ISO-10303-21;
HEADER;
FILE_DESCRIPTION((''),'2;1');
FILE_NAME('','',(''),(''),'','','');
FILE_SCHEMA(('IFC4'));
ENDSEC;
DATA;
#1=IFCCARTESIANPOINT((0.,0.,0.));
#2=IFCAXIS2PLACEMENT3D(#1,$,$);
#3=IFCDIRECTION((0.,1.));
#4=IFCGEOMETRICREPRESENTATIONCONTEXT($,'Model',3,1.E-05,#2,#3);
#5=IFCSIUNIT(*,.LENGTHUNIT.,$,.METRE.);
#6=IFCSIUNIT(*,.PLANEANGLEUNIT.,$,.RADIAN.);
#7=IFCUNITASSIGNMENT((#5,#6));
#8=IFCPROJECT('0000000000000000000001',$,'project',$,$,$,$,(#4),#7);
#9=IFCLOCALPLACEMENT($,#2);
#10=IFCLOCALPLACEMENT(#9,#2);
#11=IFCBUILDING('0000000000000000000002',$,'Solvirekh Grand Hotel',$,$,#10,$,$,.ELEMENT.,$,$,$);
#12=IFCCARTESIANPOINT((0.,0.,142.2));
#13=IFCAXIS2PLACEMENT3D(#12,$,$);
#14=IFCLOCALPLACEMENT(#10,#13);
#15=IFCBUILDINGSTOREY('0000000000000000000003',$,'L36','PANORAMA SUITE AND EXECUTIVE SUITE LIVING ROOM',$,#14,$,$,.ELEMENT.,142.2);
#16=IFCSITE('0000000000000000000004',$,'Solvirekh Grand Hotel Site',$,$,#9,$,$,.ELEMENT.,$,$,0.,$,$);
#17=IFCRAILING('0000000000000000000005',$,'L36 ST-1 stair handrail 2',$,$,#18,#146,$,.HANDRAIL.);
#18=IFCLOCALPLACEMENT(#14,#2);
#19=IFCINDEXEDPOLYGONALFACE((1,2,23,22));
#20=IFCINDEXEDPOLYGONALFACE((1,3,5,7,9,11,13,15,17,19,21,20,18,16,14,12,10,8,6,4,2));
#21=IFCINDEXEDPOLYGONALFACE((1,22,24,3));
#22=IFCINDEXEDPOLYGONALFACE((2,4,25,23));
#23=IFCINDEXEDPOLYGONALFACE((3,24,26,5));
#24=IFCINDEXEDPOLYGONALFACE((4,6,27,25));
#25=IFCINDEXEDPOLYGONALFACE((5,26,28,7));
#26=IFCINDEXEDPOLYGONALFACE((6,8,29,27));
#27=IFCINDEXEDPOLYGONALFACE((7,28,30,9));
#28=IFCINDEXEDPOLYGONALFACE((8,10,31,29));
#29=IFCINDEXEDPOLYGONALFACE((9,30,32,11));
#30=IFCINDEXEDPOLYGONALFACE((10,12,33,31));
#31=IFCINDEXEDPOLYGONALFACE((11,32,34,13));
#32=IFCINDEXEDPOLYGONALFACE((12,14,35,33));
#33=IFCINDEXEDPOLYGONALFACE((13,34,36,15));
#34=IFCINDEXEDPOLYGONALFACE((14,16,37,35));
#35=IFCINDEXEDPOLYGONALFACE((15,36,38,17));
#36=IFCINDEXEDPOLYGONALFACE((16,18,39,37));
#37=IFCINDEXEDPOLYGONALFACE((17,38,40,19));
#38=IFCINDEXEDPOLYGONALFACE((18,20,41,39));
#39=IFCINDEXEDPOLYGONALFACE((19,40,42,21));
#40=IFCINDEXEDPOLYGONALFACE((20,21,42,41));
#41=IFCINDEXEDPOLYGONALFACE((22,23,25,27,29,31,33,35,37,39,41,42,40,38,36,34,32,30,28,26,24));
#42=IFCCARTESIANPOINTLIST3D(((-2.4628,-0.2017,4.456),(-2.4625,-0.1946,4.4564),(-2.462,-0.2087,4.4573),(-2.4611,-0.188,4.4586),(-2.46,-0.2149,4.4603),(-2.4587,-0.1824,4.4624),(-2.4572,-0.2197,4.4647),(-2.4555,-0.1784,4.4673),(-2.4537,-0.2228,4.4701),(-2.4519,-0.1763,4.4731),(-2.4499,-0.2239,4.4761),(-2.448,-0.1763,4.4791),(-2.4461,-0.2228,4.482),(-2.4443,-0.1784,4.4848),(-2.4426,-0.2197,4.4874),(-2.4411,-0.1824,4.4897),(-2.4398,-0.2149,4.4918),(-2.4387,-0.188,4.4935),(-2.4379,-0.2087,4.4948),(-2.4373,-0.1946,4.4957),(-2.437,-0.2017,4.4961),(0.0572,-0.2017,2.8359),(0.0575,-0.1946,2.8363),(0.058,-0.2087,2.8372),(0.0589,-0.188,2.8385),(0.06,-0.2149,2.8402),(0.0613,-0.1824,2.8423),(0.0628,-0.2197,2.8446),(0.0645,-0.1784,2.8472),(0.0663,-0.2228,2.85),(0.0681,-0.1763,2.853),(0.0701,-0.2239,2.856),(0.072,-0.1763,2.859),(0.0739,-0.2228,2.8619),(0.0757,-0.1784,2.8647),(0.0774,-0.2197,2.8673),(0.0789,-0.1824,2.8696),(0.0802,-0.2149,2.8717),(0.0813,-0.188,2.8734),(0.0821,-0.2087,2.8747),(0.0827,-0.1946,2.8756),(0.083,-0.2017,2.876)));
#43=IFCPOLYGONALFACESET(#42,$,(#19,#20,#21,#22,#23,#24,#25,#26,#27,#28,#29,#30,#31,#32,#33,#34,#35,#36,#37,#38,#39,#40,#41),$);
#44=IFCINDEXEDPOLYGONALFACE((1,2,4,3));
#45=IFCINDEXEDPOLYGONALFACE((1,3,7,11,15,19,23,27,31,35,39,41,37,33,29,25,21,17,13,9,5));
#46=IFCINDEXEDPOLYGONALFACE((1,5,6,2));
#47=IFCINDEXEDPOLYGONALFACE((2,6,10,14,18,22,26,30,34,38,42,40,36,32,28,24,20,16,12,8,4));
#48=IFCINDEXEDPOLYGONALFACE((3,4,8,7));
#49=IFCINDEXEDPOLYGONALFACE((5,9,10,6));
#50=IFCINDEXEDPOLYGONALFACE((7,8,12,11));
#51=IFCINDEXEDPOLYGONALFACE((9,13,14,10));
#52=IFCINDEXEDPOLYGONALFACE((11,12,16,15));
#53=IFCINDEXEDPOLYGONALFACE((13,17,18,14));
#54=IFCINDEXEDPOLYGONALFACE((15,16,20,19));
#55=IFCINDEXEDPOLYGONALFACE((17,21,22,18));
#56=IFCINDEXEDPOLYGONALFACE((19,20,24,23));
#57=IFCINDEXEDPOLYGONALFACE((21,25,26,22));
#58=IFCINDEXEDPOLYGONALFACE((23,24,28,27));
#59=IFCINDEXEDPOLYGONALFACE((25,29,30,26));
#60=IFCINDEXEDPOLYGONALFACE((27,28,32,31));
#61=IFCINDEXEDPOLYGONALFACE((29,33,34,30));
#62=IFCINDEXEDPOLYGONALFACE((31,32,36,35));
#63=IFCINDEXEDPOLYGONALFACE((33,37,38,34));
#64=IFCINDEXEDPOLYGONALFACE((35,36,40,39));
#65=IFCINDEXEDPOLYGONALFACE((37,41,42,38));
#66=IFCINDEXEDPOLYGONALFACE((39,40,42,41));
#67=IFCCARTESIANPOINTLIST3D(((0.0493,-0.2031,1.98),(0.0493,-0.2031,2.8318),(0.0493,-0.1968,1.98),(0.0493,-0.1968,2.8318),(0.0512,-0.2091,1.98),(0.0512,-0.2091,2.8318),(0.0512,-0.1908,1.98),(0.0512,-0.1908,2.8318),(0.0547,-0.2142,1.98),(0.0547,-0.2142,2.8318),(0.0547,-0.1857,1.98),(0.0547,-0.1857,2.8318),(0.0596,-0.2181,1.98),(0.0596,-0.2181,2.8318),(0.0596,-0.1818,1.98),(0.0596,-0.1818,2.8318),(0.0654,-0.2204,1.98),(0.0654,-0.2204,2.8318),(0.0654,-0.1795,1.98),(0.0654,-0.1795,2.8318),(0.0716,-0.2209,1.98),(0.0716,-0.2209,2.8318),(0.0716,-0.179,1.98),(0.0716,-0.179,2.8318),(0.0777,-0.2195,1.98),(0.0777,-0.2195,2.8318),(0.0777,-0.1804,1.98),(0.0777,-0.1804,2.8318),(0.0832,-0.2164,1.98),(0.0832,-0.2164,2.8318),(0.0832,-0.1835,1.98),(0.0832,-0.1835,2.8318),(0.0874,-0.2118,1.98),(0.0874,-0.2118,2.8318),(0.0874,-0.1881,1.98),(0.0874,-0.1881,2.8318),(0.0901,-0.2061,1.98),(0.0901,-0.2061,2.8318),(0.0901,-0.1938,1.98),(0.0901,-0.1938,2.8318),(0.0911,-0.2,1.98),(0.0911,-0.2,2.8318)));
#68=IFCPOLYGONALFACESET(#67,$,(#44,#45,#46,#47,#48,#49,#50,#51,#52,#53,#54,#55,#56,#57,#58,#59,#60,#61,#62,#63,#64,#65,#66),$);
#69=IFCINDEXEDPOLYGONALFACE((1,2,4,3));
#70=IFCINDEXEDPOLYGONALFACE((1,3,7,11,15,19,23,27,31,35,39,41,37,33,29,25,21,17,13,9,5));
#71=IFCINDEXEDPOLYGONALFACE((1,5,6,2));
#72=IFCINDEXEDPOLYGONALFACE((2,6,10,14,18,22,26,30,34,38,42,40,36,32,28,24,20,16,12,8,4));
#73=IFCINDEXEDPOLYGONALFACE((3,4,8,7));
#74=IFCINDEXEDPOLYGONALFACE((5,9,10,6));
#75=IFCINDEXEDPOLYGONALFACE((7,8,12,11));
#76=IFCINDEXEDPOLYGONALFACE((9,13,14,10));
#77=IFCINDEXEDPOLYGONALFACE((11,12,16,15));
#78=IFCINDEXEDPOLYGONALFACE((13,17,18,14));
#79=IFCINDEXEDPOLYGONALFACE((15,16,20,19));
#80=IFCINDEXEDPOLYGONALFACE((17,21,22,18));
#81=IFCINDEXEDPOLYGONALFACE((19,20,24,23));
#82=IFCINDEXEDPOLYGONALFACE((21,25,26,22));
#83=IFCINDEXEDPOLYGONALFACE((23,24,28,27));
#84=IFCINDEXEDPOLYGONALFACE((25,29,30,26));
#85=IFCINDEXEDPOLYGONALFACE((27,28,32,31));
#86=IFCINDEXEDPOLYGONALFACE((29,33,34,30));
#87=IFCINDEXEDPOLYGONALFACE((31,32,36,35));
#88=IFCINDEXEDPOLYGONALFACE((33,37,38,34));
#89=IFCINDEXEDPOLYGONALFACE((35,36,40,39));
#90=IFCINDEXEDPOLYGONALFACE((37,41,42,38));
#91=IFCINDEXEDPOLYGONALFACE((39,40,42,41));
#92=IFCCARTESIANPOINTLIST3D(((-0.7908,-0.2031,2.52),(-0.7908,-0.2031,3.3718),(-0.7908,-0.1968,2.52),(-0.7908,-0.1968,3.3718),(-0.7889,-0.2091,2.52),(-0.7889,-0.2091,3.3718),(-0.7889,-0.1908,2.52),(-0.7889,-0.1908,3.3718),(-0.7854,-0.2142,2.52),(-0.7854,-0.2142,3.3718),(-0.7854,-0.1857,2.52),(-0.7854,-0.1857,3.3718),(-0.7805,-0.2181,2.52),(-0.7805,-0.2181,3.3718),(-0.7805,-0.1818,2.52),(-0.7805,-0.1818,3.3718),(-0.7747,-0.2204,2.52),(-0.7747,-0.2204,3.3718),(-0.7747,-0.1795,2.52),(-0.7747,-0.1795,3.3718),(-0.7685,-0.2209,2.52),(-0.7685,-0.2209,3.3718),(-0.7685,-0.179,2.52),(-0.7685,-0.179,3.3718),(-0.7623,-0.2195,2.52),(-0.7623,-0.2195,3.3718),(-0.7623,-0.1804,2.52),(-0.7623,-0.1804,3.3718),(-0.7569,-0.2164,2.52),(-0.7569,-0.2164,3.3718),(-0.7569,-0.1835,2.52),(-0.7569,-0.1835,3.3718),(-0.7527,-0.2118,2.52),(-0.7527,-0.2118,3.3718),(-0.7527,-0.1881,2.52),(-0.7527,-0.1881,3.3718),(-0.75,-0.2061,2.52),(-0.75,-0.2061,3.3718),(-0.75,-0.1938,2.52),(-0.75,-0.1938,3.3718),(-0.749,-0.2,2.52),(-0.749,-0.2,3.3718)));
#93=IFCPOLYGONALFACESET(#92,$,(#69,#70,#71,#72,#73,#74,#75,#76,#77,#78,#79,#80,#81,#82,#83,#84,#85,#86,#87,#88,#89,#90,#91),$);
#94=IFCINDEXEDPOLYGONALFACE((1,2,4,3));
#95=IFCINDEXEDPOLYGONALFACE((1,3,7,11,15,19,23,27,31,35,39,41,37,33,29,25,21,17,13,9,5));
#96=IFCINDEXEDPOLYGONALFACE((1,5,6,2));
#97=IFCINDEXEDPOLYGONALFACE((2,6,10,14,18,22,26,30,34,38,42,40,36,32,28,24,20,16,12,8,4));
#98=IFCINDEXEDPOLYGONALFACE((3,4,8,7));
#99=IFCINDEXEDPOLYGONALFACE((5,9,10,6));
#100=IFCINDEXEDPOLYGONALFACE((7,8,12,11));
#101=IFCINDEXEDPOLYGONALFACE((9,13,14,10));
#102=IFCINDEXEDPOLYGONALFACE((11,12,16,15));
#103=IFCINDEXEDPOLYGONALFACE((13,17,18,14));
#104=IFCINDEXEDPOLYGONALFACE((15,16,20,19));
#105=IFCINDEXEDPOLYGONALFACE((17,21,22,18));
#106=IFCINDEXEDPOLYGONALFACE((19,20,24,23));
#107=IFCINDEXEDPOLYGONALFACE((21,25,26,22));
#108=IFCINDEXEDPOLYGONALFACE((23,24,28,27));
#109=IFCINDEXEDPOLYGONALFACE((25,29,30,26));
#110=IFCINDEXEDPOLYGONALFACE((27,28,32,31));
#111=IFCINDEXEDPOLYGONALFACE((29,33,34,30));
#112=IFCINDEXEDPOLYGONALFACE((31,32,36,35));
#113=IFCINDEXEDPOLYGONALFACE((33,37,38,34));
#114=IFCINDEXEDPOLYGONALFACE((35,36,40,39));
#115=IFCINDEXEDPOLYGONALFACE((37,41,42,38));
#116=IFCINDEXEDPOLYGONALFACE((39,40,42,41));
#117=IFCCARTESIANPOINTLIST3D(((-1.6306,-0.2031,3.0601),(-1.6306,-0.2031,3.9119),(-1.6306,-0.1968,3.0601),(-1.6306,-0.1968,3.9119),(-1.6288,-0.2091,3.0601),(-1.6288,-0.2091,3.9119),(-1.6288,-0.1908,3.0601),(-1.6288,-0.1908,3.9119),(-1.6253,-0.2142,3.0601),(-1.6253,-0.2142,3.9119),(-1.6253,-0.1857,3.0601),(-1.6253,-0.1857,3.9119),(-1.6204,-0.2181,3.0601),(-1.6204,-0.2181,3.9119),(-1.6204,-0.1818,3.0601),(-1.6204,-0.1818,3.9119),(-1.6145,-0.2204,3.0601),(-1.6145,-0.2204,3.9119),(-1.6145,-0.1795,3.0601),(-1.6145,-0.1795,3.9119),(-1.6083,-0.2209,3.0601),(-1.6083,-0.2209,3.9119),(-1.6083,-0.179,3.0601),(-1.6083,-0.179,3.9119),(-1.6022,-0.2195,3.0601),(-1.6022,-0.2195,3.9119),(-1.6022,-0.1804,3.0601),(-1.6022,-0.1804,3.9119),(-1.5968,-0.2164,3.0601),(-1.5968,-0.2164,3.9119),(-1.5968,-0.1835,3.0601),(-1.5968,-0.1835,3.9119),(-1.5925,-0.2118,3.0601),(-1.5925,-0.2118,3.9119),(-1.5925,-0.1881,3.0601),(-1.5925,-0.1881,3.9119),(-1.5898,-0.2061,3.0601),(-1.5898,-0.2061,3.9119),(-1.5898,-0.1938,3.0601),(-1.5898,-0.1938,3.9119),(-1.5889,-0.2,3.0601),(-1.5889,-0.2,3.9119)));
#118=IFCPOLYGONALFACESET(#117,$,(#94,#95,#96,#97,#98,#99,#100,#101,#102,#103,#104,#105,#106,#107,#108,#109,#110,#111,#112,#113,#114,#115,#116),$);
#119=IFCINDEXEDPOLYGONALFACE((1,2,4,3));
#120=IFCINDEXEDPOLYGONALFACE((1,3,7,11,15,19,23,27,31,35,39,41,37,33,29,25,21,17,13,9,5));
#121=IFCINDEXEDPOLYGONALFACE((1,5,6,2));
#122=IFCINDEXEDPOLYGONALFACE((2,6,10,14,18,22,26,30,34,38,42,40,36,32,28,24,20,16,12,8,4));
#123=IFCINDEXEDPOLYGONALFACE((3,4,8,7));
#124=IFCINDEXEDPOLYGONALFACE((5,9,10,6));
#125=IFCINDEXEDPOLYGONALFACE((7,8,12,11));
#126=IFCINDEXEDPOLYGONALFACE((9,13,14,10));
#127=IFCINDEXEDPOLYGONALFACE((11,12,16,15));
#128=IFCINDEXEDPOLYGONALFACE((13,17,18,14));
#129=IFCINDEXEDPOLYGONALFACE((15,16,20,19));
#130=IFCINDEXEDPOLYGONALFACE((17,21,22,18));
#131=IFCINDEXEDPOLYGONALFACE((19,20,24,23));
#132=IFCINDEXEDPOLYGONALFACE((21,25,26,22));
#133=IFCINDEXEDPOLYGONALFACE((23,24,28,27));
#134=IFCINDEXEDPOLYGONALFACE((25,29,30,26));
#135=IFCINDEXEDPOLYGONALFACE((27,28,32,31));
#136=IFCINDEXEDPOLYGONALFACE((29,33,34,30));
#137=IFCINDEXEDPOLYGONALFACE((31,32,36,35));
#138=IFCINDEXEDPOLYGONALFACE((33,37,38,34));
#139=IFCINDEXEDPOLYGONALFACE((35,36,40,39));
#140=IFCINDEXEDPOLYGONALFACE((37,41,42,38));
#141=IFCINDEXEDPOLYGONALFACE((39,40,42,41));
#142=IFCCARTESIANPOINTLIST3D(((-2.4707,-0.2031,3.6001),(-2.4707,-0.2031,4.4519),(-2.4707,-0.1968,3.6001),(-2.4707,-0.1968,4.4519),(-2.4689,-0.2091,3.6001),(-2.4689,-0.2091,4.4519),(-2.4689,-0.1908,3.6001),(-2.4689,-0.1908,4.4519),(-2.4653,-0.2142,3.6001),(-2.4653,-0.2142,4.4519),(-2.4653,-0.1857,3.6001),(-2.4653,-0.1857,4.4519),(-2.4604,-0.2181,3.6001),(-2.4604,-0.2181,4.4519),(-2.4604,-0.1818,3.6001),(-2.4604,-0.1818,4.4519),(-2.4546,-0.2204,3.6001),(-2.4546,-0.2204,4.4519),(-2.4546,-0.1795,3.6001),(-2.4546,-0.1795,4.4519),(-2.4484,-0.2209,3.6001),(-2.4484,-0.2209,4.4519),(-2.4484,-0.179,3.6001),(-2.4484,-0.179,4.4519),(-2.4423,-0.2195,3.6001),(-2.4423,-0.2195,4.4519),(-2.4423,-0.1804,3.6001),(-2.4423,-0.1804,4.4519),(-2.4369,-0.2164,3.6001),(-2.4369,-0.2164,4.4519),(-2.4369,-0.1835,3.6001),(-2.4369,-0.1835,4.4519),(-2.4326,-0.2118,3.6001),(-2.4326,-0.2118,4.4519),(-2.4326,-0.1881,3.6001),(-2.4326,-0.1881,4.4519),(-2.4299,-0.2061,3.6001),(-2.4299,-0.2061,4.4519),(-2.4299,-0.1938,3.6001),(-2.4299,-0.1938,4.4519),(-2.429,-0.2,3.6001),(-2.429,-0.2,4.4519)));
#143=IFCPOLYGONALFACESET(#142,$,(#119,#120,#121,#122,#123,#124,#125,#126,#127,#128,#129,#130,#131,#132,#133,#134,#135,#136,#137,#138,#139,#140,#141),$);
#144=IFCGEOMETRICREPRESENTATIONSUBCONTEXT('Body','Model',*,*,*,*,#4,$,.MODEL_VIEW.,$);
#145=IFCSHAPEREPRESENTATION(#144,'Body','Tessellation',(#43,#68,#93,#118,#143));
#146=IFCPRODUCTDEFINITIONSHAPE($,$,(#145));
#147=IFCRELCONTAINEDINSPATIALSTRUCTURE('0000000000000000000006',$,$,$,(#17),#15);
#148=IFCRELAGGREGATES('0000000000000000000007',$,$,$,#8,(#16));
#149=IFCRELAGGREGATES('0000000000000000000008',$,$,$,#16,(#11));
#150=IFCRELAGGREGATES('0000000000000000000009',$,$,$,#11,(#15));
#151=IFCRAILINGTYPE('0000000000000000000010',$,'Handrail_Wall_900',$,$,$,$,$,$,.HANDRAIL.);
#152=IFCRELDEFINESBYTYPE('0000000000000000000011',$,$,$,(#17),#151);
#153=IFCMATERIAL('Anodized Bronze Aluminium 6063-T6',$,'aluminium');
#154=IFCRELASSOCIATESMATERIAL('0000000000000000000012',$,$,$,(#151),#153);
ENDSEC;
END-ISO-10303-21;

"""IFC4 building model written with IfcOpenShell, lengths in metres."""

from ifc_helpers import new_model, si_unit, direction, frame, origin, origin_2d, place, context, subcontext, project, spatial, circle, extrude, material, type_object, element, save


model = new_model("IFC4")

# Units and contexts
model_context = context("Model", 3, precision=1e-05, world=origin(), true_north=direction((0.0, 1.0)))
body_context = subcontext(model_context, "Body", "Model", "MODEL_VIEW")
ifc_project = project(units=[si_unit("LENGTHUNIT", "METRE"), si_unit("PLANEANGLEUNIT", "RADIAN")], contexts=[model_context])

# Site, building, storey
site_placement = place(None, origin())
site = spatial("IfcSite", under=ifc_project, at=site_placement, Name="Solvirekh Grand Hotel Site", CompositionType="ELEMENT", RefElevation=0.0)
building_placement = place(site_placement, origin())
building = spatial("IfcBuilding", under=site, at=building_placement, Name="Solvirekh Grand Hotel", CompositionType="ELEMENT")
storey_placement = place(building_placement, frame((0.0, 0.0, 142.2)))
storey = spatial("IfcBuildingStorey", under=building, at=storey_placement, Name="L36", Description="PANORAMA SUITE AND EXECUTIVE SUITE LIVING ROOM", CompositionType="ELEMENT", Elevation=142.2)

# Shared definitions
ifc_material_1 = material(Name="Anodized Bronze Aluminium 6063-T6", Category="aluminium")

# Railing
railing_type_1 = type_object("IfcRailingType", Name="Handrail_Wall_900", PredefinedType="HANDRAIL", material=ifc_material_1)
for number, where, name in (
    (1, (0.0701, -0.2, 1.98), "L36 ST-1 stair handrail 2"),
):
    element("IfcRailing", number, at=place(storey_placement, frame(where)), inside=storey, type_object=railing_type_1, Name=name, PredefinedType="HANDRAIL", context=body_context, shape_type="SweptSolid", body=[
        extrude(circle(Radius=0.0239, at=origin_2d()), frame((0.0, 0.0, 0.876), z_axis=(-0.841163, 0.0, 0.540782), x_axis=(0.0, -1.0, 0.0)), (0.0, 0.0, 1.0), 2.9958),
        extrude(circle(Radius=0.021, at=origin_2d()), origin(), (0.0, 0.0, 1.0), 0.8518),
        extrude(circle(Radius=0.021, at=origin_2d()), frame((-0.8401, 0.0, 0.54)), (0.0, 0.0, 1.0), 0.8518),
        extrude(circle(Radius=0.021, at=origin_2d()), frame((-1.6799, 0.0, 1.0801)), (0.0, 0.0, 1.0), 0.8518),
        extrude(circle(Radius=0.021, at=origin_2d()), frame((-2.52, 0.0, 1.6201)), (0.0, 0.0, 1.0), 0.8518),
    ])

save(model, "model.ifc")
